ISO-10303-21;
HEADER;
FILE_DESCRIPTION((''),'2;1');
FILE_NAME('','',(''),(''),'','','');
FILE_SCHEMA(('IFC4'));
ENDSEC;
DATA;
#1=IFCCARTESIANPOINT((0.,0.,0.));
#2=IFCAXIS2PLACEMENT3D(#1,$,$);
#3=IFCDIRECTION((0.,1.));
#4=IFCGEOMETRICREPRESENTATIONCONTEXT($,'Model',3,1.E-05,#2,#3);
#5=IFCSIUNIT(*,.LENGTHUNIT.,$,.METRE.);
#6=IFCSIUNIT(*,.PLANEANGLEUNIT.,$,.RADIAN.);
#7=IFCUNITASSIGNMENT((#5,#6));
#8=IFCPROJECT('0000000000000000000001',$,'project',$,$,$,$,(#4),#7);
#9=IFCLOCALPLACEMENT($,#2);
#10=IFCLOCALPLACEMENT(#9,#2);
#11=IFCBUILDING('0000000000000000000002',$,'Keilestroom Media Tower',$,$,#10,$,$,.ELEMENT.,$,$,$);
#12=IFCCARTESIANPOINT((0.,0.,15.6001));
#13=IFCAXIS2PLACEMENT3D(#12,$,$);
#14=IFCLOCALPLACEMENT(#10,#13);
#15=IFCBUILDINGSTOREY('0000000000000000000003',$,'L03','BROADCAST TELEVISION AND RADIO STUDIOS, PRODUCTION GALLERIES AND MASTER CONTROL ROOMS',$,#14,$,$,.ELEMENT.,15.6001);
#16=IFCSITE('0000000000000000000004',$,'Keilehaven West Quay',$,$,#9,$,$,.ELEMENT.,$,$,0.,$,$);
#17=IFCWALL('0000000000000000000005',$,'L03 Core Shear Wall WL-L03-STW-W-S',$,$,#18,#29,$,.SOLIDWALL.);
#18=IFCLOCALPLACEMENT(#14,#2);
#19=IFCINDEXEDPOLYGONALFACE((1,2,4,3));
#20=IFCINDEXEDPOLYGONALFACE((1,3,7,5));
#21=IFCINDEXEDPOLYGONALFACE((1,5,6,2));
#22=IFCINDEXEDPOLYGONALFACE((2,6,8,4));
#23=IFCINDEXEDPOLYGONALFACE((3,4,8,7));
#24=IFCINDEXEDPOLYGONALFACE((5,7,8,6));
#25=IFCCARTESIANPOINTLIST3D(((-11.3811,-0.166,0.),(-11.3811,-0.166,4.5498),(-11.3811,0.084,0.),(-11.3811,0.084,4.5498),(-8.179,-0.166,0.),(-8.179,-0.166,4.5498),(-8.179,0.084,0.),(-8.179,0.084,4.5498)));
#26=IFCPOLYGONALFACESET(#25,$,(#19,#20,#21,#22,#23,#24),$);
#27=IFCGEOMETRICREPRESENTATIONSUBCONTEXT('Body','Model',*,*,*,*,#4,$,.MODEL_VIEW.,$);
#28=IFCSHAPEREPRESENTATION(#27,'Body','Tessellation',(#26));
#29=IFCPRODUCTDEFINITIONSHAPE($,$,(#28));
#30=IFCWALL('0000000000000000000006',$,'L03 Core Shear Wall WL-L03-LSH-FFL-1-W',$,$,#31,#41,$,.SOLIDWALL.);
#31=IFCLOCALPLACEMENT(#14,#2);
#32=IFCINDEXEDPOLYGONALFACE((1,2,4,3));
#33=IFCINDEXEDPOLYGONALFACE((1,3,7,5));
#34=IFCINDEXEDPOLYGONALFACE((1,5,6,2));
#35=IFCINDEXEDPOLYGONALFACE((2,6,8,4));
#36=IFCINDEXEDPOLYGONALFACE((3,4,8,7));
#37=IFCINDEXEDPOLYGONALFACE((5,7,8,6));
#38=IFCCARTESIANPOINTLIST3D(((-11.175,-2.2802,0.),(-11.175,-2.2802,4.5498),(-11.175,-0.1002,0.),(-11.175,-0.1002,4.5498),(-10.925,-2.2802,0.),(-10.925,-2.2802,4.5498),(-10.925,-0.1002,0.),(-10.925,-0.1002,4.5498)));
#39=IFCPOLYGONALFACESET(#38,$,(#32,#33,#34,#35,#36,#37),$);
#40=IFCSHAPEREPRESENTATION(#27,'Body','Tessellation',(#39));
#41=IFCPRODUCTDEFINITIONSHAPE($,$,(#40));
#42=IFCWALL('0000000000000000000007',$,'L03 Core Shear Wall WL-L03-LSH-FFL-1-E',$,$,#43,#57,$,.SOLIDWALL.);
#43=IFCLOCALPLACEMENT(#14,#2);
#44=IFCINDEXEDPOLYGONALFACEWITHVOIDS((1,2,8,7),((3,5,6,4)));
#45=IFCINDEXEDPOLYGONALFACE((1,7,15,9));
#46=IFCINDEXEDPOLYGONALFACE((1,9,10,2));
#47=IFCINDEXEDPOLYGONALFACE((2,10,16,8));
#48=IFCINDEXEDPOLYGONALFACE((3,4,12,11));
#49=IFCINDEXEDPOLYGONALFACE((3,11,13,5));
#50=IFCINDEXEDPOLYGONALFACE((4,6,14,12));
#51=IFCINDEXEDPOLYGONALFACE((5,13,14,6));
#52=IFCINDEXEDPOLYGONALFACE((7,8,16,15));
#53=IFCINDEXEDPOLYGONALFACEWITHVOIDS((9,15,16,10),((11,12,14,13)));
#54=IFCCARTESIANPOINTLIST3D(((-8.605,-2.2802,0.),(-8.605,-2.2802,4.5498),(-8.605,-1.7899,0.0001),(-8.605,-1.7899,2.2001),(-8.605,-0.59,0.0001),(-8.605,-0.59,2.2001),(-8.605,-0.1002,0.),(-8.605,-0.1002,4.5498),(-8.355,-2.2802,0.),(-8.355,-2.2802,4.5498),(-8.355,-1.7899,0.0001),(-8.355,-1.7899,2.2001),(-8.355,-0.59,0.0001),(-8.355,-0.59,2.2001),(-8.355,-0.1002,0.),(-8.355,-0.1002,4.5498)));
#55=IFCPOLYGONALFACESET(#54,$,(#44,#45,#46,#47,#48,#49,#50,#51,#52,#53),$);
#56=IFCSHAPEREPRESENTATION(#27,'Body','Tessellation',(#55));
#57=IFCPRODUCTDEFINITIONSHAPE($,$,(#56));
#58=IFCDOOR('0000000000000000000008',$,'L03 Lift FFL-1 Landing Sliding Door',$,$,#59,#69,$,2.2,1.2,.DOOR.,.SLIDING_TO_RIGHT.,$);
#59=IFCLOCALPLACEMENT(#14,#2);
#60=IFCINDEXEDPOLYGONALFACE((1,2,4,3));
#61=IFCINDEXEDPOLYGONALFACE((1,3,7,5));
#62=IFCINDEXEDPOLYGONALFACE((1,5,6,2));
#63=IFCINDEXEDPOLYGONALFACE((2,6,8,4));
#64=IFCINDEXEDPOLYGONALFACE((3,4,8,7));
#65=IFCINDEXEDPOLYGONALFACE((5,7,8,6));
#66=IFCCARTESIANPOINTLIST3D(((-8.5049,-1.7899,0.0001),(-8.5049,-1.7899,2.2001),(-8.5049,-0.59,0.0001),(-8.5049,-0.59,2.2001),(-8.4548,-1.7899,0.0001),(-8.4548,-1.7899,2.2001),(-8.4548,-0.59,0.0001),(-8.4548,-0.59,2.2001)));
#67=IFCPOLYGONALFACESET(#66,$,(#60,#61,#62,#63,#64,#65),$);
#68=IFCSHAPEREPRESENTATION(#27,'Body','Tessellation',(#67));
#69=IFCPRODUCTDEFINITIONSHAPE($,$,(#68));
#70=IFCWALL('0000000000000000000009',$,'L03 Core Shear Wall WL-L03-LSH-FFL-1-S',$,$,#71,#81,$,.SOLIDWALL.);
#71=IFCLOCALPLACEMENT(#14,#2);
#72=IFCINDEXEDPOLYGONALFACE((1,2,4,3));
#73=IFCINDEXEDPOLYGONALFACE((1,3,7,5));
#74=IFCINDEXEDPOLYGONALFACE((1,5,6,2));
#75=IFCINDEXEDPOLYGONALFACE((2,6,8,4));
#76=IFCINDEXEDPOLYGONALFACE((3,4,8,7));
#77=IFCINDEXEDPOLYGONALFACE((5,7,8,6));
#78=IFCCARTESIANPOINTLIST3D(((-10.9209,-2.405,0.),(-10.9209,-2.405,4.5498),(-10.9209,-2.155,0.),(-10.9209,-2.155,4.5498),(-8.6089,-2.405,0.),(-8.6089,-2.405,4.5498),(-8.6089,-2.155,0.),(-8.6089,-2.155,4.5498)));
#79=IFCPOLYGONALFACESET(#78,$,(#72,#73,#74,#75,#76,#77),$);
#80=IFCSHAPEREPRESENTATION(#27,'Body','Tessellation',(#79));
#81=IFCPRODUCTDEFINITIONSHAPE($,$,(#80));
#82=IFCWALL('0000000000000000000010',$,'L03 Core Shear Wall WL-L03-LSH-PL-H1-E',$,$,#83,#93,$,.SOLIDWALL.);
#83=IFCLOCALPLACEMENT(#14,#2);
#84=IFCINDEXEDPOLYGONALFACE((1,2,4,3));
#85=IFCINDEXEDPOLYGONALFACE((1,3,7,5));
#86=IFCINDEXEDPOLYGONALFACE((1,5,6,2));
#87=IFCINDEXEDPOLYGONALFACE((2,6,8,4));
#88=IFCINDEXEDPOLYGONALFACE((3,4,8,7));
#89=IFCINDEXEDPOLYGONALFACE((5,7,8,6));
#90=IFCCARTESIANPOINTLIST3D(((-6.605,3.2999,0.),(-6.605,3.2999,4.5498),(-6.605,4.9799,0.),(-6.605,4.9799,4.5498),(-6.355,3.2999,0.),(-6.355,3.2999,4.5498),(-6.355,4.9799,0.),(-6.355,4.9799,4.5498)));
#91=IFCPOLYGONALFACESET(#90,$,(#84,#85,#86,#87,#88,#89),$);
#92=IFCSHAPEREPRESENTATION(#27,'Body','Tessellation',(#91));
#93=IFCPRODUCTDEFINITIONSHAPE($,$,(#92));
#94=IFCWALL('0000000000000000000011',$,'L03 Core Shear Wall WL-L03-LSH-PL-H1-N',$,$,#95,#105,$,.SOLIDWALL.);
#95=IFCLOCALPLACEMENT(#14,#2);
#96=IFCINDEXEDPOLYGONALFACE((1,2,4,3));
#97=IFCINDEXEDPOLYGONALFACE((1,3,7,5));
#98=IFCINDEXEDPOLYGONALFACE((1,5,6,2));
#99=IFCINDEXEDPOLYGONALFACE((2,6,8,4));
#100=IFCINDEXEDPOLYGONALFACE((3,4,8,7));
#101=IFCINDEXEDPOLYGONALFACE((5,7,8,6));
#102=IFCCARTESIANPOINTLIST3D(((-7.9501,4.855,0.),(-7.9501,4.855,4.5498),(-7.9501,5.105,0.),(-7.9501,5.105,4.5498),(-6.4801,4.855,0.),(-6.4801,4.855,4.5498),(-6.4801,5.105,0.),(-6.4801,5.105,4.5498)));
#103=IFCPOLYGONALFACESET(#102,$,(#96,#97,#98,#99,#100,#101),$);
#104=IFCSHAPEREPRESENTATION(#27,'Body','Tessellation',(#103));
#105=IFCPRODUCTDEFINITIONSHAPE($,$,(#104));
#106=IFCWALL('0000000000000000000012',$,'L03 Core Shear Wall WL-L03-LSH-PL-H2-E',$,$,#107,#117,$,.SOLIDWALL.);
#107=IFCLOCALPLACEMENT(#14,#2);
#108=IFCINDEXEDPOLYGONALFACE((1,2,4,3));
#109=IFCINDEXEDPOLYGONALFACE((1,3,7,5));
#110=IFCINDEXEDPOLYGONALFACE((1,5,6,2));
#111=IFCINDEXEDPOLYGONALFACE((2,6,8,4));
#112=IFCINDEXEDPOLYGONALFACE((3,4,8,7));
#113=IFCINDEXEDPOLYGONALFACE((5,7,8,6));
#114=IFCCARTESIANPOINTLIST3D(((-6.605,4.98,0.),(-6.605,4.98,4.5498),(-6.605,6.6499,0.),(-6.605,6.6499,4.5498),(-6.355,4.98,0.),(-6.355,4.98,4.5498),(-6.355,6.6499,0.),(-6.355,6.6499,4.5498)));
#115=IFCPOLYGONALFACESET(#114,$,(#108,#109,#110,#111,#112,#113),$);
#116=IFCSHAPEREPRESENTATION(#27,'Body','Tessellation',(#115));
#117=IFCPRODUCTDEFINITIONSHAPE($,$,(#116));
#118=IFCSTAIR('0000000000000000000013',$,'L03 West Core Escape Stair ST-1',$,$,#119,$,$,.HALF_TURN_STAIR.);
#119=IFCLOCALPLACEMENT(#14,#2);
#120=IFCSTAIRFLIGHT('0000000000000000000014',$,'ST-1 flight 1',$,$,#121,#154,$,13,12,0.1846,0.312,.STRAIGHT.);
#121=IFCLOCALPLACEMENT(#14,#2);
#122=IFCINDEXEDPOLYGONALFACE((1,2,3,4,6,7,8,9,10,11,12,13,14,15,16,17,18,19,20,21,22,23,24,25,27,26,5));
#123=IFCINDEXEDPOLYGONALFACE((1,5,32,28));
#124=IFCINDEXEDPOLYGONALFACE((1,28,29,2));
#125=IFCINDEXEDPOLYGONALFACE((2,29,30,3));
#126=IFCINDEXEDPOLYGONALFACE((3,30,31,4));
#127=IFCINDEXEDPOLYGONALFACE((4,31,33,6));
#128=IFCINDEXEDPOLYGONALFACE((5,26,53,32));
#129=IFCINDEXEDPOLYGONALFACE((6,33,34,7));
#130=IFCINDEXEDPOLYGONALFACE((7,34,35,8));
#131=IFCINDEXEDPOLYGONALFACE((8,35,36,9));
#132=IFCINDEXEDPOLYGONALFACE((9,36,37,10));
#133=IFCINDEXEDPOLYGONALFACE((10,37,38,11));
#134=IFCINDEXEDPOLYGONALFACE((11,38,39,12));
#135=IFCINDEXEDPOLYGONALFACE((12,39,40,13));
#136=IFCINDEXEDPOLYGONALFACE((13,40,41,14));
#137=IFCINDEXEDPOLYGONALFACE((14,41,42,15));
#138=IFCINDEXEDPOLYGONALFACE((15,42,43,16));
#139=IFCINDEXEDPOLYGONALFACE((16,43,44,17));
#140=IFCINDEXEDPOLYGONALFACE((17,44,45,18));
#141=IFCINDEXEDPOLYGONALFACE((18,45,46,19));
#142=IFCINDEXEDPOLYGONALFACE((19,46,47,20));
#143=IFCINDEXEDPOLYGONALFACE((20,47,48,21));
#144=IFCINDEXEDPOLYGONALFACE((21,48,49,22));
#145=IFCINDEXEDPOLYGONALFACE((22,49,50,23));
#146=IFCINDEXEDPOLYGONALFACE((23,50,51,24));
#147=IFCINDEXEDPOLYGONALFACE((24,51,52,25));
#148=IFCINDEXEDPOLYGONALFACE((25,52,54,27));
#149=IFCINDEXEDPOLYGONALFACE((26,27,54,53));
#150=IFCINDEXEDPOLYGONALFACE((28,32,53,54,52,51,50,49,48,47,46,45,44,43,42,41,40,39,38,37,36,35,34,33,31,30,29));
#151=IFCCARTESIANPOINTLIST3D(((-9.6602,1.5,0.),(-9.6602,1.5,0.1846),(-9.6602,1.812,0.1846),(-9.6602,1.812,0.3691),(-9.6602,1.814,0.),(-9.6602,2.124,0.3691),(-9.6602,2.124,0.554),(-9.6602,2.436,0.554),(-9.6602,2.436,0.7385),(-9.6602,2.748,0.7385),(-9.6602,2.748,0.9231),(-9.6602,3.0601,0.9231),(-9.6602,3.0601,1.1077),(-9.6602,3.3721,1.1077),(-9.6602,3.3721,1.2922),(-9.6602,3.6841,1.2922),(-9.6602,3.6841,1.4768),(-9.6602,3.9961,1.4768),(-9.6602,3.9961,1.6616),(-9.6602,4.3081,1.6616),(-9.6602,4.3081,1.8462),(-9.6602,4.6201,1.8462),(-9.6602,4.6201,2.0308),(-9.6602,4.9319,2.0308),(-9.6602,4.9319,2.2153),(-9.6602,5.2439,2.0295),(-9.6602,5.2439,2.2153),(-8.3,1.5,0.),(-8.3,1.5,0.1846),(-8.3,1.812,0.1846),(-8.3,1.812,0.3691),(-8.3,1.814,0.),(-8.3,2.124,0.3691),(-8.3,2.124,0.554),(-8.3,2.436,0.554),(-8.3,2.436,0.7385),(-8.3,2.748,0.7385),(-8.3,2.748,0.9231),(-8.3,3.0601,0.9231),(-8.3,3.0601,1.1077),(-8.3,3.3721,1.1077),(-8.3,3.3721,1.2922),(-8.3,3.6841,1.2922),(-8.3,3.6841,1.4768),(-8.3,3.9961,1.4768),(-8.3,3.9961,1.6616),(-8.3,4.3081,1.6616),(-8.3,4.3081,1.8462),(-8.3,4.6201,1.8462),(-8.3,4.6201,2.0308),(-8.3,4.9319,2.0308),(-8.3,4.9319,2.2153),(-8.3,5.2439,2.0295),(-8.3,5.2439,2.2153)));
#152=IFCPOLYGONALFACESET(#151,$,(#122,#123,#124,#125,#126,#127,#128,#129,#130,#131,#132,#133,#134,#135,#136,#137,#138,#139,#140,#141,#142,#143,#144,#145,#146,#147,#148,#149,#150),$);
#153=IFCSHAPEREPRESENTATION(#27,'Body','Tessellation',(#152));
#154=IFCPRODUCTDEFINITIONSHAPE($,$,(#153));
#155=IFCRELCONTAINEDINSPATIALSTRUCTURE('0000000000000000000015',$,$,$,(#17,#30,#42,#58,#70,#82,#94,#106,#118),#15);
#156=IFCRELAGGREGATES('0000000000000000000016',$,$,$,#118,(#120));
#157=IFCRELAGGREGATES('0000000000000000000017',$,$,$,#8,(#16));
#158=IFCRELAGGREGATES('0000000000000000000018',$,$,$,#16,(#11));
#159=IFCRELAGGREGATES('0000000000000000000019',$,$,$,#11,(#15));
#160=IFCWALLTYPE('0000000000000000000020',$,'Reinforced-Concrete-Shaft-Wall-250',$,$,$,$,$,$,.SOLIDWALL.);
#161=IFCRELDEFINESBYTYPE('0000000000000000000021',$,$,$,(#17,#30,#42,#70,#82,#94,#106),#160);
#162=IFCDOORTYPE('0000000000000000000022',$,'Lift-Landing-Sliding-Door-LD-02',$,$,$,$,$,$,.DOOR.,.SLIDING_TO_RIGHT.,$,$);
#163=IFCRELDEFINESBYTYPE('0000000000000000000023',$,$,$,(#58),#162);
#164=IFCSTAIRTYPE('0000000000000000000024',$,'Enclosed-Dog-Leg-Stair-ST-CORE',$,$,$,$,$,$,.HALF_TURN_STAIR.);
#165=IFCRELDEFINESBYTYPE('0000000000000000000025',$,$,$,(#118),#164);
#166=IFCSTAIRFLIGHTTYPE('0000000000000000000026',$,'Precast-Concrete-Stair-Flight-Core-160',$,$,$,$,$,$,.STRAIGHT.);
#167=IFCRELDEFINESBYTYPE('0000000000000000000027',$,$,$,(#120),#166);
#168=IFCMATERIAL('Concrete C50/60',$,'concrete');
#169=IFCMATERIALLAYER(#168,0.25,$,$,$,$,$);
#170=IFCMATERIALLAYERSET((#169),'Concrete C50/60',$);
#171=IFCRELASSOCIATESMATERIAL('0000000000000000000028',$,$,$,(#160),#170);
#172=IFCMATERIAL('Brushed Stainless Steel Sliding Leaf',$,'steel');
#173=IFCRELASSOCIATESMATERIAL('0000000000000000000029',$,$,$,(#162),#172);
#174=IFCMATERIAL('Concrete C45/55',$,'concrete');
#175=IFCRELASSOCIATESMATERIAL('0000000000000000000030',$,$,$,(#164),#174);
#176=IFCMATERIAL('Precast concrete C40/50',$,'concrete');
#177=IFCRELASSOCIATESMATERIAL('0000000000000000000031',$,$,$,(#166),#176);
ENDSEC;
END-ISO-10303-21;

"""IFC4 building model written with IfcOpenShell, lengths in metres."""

from ifc_helpers import new_model, si_unit, direction, frame, frame_2d, origin, place, context, subcontext, project, spatial, polyline, rectangle, outline, extrude, source, transform, mapped, material, layer, layer_set, type_object, element, fill, aggregate, save


model = new_model("IFC4")

# Units and contexts
model_context = context("Model", 3, precision=1e-05, world=origin(), true_north=direction((0.0, 1.0)))
body_context = subcontext(model_context, "Body", "Model", "MODEL_VIEW")
ifc_project = project(units=[si_unit("LENGTHUNIT", "METRE"), si_unit("PLANEANGLEUNIT", "RADIAN")], contexts=[model_context])

# Site, building, storey
site_placement = place(None, origin())
site = spatial("IfcSite", under=ifc_project, at=site_placement, Name="Keilehaven West Quay", CompositionType="ELEMENT", RefElevation=0.0)
building_placement = place(site_placement, origin())
building = spatial("IfcBuilding", under=site, at=building_placement, Name="Keilestroom Media Tower", CompositionType="ELEMENT")
storey_placement = place(building_placement, frame((0.0, 0.0, 15.6001)))
storey = spatial("IfcBuildingStorey", under=building, at=storey_placement, Name="L03", Description="BROADCAST TELEVISION AND RADIO STUDIOS, PRODUCTION GALLERIES AND MASTER CONTROL ROOMS", CompositionType="ELEMENT", Elevation=15.6001)

# Shared definitions
ifc_material_1 = material(Name="Concrete C50/60", Category="concrete")

# Shared definitions
ifc_layer_1 = layer(ifc_material_1, 0.25)
ifc_layer_set_1 = layer_set([ifc_layer_1], Name="Concrete C50/60")
wall_type_1 = type_object("IfcWallType", Name="Reinforced-Concrete-Shaft-Wall-250", PredefinedType="SOLIDWALL", material=ifc_layer_set_1)

# Shared definitions
shared_shape_1 = source(origin(), body_context, "Body", "SweptSolid", [
    extrude(rectangle(XDim=1.2, YDim=2.2, at=frame_2d((0.6001, 1.1001))), frame((0.0, 0.0249, 0.0), z_axis=(0.0, -1.0, 0.0), x_axis=(1.0, 0.0, 0.0)), (0.0, 0.0, 1.0), 0.05),
])

# Walls
wall_1_placement = place(storey_placement, frame((-11.3811, -0.041, 0.0), z_axis=(0.0, 0.0, 1.0), x_axis=(1.0, 0.0, 0.0)))
element("IfcWall", 1, at=wall_1_placement, inside=storey, type_object=wall_type_1, Name="L03 Core Shear Wall WL-L03-STW-W-S", PredefinedType="SOLIDWALL", context=body_context, shape_type="SweptSolid", body=[
    extrude(rectangle(XDim=3.2021, YDim=0.25, at=frame_2d((1.6011, 0.0))), origin(), (0.0, 0.0, 1.0), 4.5498),
])
wall_2_placement = place(storey_placement, frame((-11.05, -2.28, 0.0), z_axis=(0.0, 0.0, 1.0), x_axis=(0.0, 1.0, 0.0)))
element("IfcWall", 2, at=wall_2_placement, inside=storey, type_object=wall_type_1, Name="L03 Core Shear Wall WL-L03-LSH-FFL-1-W", PredefinedType="SOLIDWALL", context=body_context, shape_type="SweptSolid", body=[
    extrude(rectangle(XDim=2.1799, YDim=0.25, at=frame_2d((1.0898, 0.0))), origin(), (0.0, 0.0, 1.0), 4.5498),
])

# Wall, opening, door
wall_3_placement = place(storey_placement, frame((-8.48, -2.28, 0.0), z_axis=(0.0, 0.0, 1.0), x_axis=(0.0, 1.0, 0.0)))
wall_3 = element("IfcWall", 3, at=wall_3_placement, inside=storey, type_object=wall_type_1, Name="L03 Core Shear Wall WL-L03-LSH-FFL-1-E", PredefinedType="SOLIDWALL", context=body_context, shape_type="SweptSolid", body=[
    extrude(rectangle(XDim=2.1799, YDim=0.25, at=frame_2d((1.0898, 0.0))), origin(), (0.0, 0.0, 1.0), 4.5498),
])
opening_1_placement = place(wall_3_placement, frame((0.49, 0.0, 0.0)))
opening_1 = element("IfcOpeningElement", 4, at=opening_1_placement, cuts=wall_3, PredefinedType="OPENING", context=body_context, shape_type="SweptSolid", body=[
    extrude(rectangle(XDim=1.2, YDim=2.2, at=frame_2d((0.6001, 1.1001))), frame((0.0, 0.135, 0.0), z_axis=(0.0, -1.0, 0.0), x_axis=(1.0, 0.0, 0.0)), (0.0, 0.0, 1.0), 0.27),
])
ifc_material_2 = material(Name="Brushed Stainless Steel Sliding Leaf", Category="steel")
door_type_1 = type_object("IfcDoorType", Name="Lift-Landing-Sliding-Door-LD-02", OperationType="SLIDING_TO_RIGHT", PredefinedType="DOOR", material=ifc_material_2)
door_1_placement = place(opening_1_placement, origin())
door_1 = element("IfcDoor", 5, at=door_1_placement, inside=storey, type_object=door_type_1, Name="L03 Lift FFL-1 Landing Sliding Door", OperationType="SLIDING_TO_RIGHT", OverallHeight=2.2, OverallWidth=1.2, PredefinedType="DOOR", context=body_context, shape_type="MappedRepresentation", body=[
    mapped(shared_shape_1, transform((0.0, 0.0, 0.0), x_axis=(1.0, 0.0, 0.0), y_axis=(0.0, 1.0, 0.0), z_axis=(0.0, 0.0, 1.0), scale=1.0)),
])
fill(opening_1, door_1)

# Walls
wall_4_placement = place(storey_placement, frame((-10.9209, -2.28, 0.0), z_axis=(0.0, 0.0, 1.0), x_axis=(1.0, 0.0, 0.0)))
element("IfcWall", 6, at=wall_4_placement, inside=storey, type_object=wall_type_1, Name="L03 Core Shear Wall WL-L03-LSH-FFL-1-S", PredefinedType="SOLIDWALL", context=body_context, shape_type="SweptSolid", body=[
    extrude(rectangle(XDim=2.312, YDim=0.25, at=frame_2d((1.156, 0.0))), origin(), (0.0, 0.0, 1.0), 4.5498),
])
wall_5_placement = place(storey_placement, frame((-6.48, 3.3, 0.0), z_axis=(0.0, 0.0, 1.0), x_axis=(0.0, 1.0, 0.0)))
element("IfcWall", 7, at=wall_5_placement, inside=storey, type_object=wall_type_1, Name="L03 Core Shear Wall WL-L03-LSH-PL-H1-E", PredefinedType="SOLIDWALL", context=body_context, shape_type="SweptSolid", body=[
    extrude(rectangle(XDim=1.6799, YDim=0.25, at=frame_2d((0.8398, 0.0))), origin(), (0.0, 0.0, 1.0), 4.5498),
])
wall_6_placement = place(storey_placement, frame((-7.95, 4.98, 0.0), z_axis=(0.0, 0.0, 1.0), x_axis=(1.0, 0.0, 0.0)))
element("IfcWall", 8, at=wall_6_placement, inside=storey, type_object=wall_type_1, Name="L03 Core Shear Wall WL-L03-LSH-PL-H1-N", PredefinedType="SOLIDWALL", context=body_context, shape_type="SweptSolid", body=[
    extrude(rectangle(XDim=1.47, YDim=0.25, at=frame_2d((0.7349, 0.0))), origin(), (0.0, 0.0, 1.0), 4.5498),
])
wall_7_placement = place(storey_placement, frame((-6.48, 4.98, 0.0), z_axis=(0.0, 0.0, 1.0), x_axis=(0.0, 1.0, 0.0)))
element("IfcWall", 9, at=wall_7_placement, inside=storey, type_object=wall_type_1, Name="L03 Core Shear Wall WL-L03-LSH-PL-H2-E", PredefinedType="SOLIDWALL", context=body_context, shape_type="SweptSolid", body=[
    extrude(rectangle(XDim=1.6699, YDim=0.25, at=frame_2d((0.835, 0.0))), origin(), (0.0, 0.0, 1.0), 4.5498),
])

# Stair, stair flight
ifc_material_3 = material(Name="Concrete C45/55", Category="concrete")
stair_type = type_object("IfcStairType", Name="Enclosed-Dog-Leg-Stair-ST-CORE", PredefinedType="HALF_TURN_STAIR", material=ifc_material_3)
stair_placement = place(storey_placement, origin())
stair = element("IfcStair", 10, at=stair_placement, inside=storey, type_object=stair_type, Name="L03 West Core Escape Stair ST-1", PredefinedType="HALF_TURN_STAIR")
ifc_material_4 = material(Name="Precast concrete C40/50", Category="concrete")
stair_flight_type = type_object("IfcStairFlightType", Name="Precast-Concrete-Stair-Flight-Core-160", PredefinedType="STRAIGHT", material=ifc_material_4)
stair_flight_1_placement = place(storey_placement, frame((-8.98, 1.5, 0.0), z_axis=(0.0, 0.0, 1.0), x_axis=(0.0, 1.0, 0.0)))
stair_flight_1 = element("IfcStairFlight", 11, at=stair_flight_1_placement, type_object=stair_flight_type, Name="ST-1 flight 1", NumberOfRisers=13, NumberOfTreads=12, PredefinedType="STRAIGHT", RiserHeight=0.1846, TreadLength=0.312, context=body_context, shape_type="SweptSolid", body=[
    extrude(outline(polyline([(0.0, 0.0), (0.0, 0.1846), (0.312, 0.1846), (0.312, 0.3691), (0.624, 0.3691), (0.624, 0.554), (0.936, 0.554), (0.936, 0.7385), (1.248, 0.7385), (1.248, 0.9231), (1.5601, 0.9231), (1.5601, 1.1077), (1.8721, 1.1077), (1.8721, 1.2922), (2.1841, 1.2922), (2.1841, 1.4768), (2.4961, 1.4768), (2.4961, 1.6616), (2.8081, 1.6616), (2.8081, 1.8462), (3.1201, 1.8462), (3.1201, 2.0308), (3.4319, 2.0308), (3.4319, 2.2153), (3.7439, 2.2153), (3.7439, 2.3999), (3.7439, 2.0295), (0.314, 0.0), (0.0, 0.0)])), frame((0.0, 0.6802, 0.0), z_axis=(0.0, -1.0, 0.0), x_axis=(1.0, 0.0, 0.0)), (0.0, 0.0, 1.0), 1.3601),
])
aggregate(stair, [stair_flight_1])

save(model, "model.ifc")
